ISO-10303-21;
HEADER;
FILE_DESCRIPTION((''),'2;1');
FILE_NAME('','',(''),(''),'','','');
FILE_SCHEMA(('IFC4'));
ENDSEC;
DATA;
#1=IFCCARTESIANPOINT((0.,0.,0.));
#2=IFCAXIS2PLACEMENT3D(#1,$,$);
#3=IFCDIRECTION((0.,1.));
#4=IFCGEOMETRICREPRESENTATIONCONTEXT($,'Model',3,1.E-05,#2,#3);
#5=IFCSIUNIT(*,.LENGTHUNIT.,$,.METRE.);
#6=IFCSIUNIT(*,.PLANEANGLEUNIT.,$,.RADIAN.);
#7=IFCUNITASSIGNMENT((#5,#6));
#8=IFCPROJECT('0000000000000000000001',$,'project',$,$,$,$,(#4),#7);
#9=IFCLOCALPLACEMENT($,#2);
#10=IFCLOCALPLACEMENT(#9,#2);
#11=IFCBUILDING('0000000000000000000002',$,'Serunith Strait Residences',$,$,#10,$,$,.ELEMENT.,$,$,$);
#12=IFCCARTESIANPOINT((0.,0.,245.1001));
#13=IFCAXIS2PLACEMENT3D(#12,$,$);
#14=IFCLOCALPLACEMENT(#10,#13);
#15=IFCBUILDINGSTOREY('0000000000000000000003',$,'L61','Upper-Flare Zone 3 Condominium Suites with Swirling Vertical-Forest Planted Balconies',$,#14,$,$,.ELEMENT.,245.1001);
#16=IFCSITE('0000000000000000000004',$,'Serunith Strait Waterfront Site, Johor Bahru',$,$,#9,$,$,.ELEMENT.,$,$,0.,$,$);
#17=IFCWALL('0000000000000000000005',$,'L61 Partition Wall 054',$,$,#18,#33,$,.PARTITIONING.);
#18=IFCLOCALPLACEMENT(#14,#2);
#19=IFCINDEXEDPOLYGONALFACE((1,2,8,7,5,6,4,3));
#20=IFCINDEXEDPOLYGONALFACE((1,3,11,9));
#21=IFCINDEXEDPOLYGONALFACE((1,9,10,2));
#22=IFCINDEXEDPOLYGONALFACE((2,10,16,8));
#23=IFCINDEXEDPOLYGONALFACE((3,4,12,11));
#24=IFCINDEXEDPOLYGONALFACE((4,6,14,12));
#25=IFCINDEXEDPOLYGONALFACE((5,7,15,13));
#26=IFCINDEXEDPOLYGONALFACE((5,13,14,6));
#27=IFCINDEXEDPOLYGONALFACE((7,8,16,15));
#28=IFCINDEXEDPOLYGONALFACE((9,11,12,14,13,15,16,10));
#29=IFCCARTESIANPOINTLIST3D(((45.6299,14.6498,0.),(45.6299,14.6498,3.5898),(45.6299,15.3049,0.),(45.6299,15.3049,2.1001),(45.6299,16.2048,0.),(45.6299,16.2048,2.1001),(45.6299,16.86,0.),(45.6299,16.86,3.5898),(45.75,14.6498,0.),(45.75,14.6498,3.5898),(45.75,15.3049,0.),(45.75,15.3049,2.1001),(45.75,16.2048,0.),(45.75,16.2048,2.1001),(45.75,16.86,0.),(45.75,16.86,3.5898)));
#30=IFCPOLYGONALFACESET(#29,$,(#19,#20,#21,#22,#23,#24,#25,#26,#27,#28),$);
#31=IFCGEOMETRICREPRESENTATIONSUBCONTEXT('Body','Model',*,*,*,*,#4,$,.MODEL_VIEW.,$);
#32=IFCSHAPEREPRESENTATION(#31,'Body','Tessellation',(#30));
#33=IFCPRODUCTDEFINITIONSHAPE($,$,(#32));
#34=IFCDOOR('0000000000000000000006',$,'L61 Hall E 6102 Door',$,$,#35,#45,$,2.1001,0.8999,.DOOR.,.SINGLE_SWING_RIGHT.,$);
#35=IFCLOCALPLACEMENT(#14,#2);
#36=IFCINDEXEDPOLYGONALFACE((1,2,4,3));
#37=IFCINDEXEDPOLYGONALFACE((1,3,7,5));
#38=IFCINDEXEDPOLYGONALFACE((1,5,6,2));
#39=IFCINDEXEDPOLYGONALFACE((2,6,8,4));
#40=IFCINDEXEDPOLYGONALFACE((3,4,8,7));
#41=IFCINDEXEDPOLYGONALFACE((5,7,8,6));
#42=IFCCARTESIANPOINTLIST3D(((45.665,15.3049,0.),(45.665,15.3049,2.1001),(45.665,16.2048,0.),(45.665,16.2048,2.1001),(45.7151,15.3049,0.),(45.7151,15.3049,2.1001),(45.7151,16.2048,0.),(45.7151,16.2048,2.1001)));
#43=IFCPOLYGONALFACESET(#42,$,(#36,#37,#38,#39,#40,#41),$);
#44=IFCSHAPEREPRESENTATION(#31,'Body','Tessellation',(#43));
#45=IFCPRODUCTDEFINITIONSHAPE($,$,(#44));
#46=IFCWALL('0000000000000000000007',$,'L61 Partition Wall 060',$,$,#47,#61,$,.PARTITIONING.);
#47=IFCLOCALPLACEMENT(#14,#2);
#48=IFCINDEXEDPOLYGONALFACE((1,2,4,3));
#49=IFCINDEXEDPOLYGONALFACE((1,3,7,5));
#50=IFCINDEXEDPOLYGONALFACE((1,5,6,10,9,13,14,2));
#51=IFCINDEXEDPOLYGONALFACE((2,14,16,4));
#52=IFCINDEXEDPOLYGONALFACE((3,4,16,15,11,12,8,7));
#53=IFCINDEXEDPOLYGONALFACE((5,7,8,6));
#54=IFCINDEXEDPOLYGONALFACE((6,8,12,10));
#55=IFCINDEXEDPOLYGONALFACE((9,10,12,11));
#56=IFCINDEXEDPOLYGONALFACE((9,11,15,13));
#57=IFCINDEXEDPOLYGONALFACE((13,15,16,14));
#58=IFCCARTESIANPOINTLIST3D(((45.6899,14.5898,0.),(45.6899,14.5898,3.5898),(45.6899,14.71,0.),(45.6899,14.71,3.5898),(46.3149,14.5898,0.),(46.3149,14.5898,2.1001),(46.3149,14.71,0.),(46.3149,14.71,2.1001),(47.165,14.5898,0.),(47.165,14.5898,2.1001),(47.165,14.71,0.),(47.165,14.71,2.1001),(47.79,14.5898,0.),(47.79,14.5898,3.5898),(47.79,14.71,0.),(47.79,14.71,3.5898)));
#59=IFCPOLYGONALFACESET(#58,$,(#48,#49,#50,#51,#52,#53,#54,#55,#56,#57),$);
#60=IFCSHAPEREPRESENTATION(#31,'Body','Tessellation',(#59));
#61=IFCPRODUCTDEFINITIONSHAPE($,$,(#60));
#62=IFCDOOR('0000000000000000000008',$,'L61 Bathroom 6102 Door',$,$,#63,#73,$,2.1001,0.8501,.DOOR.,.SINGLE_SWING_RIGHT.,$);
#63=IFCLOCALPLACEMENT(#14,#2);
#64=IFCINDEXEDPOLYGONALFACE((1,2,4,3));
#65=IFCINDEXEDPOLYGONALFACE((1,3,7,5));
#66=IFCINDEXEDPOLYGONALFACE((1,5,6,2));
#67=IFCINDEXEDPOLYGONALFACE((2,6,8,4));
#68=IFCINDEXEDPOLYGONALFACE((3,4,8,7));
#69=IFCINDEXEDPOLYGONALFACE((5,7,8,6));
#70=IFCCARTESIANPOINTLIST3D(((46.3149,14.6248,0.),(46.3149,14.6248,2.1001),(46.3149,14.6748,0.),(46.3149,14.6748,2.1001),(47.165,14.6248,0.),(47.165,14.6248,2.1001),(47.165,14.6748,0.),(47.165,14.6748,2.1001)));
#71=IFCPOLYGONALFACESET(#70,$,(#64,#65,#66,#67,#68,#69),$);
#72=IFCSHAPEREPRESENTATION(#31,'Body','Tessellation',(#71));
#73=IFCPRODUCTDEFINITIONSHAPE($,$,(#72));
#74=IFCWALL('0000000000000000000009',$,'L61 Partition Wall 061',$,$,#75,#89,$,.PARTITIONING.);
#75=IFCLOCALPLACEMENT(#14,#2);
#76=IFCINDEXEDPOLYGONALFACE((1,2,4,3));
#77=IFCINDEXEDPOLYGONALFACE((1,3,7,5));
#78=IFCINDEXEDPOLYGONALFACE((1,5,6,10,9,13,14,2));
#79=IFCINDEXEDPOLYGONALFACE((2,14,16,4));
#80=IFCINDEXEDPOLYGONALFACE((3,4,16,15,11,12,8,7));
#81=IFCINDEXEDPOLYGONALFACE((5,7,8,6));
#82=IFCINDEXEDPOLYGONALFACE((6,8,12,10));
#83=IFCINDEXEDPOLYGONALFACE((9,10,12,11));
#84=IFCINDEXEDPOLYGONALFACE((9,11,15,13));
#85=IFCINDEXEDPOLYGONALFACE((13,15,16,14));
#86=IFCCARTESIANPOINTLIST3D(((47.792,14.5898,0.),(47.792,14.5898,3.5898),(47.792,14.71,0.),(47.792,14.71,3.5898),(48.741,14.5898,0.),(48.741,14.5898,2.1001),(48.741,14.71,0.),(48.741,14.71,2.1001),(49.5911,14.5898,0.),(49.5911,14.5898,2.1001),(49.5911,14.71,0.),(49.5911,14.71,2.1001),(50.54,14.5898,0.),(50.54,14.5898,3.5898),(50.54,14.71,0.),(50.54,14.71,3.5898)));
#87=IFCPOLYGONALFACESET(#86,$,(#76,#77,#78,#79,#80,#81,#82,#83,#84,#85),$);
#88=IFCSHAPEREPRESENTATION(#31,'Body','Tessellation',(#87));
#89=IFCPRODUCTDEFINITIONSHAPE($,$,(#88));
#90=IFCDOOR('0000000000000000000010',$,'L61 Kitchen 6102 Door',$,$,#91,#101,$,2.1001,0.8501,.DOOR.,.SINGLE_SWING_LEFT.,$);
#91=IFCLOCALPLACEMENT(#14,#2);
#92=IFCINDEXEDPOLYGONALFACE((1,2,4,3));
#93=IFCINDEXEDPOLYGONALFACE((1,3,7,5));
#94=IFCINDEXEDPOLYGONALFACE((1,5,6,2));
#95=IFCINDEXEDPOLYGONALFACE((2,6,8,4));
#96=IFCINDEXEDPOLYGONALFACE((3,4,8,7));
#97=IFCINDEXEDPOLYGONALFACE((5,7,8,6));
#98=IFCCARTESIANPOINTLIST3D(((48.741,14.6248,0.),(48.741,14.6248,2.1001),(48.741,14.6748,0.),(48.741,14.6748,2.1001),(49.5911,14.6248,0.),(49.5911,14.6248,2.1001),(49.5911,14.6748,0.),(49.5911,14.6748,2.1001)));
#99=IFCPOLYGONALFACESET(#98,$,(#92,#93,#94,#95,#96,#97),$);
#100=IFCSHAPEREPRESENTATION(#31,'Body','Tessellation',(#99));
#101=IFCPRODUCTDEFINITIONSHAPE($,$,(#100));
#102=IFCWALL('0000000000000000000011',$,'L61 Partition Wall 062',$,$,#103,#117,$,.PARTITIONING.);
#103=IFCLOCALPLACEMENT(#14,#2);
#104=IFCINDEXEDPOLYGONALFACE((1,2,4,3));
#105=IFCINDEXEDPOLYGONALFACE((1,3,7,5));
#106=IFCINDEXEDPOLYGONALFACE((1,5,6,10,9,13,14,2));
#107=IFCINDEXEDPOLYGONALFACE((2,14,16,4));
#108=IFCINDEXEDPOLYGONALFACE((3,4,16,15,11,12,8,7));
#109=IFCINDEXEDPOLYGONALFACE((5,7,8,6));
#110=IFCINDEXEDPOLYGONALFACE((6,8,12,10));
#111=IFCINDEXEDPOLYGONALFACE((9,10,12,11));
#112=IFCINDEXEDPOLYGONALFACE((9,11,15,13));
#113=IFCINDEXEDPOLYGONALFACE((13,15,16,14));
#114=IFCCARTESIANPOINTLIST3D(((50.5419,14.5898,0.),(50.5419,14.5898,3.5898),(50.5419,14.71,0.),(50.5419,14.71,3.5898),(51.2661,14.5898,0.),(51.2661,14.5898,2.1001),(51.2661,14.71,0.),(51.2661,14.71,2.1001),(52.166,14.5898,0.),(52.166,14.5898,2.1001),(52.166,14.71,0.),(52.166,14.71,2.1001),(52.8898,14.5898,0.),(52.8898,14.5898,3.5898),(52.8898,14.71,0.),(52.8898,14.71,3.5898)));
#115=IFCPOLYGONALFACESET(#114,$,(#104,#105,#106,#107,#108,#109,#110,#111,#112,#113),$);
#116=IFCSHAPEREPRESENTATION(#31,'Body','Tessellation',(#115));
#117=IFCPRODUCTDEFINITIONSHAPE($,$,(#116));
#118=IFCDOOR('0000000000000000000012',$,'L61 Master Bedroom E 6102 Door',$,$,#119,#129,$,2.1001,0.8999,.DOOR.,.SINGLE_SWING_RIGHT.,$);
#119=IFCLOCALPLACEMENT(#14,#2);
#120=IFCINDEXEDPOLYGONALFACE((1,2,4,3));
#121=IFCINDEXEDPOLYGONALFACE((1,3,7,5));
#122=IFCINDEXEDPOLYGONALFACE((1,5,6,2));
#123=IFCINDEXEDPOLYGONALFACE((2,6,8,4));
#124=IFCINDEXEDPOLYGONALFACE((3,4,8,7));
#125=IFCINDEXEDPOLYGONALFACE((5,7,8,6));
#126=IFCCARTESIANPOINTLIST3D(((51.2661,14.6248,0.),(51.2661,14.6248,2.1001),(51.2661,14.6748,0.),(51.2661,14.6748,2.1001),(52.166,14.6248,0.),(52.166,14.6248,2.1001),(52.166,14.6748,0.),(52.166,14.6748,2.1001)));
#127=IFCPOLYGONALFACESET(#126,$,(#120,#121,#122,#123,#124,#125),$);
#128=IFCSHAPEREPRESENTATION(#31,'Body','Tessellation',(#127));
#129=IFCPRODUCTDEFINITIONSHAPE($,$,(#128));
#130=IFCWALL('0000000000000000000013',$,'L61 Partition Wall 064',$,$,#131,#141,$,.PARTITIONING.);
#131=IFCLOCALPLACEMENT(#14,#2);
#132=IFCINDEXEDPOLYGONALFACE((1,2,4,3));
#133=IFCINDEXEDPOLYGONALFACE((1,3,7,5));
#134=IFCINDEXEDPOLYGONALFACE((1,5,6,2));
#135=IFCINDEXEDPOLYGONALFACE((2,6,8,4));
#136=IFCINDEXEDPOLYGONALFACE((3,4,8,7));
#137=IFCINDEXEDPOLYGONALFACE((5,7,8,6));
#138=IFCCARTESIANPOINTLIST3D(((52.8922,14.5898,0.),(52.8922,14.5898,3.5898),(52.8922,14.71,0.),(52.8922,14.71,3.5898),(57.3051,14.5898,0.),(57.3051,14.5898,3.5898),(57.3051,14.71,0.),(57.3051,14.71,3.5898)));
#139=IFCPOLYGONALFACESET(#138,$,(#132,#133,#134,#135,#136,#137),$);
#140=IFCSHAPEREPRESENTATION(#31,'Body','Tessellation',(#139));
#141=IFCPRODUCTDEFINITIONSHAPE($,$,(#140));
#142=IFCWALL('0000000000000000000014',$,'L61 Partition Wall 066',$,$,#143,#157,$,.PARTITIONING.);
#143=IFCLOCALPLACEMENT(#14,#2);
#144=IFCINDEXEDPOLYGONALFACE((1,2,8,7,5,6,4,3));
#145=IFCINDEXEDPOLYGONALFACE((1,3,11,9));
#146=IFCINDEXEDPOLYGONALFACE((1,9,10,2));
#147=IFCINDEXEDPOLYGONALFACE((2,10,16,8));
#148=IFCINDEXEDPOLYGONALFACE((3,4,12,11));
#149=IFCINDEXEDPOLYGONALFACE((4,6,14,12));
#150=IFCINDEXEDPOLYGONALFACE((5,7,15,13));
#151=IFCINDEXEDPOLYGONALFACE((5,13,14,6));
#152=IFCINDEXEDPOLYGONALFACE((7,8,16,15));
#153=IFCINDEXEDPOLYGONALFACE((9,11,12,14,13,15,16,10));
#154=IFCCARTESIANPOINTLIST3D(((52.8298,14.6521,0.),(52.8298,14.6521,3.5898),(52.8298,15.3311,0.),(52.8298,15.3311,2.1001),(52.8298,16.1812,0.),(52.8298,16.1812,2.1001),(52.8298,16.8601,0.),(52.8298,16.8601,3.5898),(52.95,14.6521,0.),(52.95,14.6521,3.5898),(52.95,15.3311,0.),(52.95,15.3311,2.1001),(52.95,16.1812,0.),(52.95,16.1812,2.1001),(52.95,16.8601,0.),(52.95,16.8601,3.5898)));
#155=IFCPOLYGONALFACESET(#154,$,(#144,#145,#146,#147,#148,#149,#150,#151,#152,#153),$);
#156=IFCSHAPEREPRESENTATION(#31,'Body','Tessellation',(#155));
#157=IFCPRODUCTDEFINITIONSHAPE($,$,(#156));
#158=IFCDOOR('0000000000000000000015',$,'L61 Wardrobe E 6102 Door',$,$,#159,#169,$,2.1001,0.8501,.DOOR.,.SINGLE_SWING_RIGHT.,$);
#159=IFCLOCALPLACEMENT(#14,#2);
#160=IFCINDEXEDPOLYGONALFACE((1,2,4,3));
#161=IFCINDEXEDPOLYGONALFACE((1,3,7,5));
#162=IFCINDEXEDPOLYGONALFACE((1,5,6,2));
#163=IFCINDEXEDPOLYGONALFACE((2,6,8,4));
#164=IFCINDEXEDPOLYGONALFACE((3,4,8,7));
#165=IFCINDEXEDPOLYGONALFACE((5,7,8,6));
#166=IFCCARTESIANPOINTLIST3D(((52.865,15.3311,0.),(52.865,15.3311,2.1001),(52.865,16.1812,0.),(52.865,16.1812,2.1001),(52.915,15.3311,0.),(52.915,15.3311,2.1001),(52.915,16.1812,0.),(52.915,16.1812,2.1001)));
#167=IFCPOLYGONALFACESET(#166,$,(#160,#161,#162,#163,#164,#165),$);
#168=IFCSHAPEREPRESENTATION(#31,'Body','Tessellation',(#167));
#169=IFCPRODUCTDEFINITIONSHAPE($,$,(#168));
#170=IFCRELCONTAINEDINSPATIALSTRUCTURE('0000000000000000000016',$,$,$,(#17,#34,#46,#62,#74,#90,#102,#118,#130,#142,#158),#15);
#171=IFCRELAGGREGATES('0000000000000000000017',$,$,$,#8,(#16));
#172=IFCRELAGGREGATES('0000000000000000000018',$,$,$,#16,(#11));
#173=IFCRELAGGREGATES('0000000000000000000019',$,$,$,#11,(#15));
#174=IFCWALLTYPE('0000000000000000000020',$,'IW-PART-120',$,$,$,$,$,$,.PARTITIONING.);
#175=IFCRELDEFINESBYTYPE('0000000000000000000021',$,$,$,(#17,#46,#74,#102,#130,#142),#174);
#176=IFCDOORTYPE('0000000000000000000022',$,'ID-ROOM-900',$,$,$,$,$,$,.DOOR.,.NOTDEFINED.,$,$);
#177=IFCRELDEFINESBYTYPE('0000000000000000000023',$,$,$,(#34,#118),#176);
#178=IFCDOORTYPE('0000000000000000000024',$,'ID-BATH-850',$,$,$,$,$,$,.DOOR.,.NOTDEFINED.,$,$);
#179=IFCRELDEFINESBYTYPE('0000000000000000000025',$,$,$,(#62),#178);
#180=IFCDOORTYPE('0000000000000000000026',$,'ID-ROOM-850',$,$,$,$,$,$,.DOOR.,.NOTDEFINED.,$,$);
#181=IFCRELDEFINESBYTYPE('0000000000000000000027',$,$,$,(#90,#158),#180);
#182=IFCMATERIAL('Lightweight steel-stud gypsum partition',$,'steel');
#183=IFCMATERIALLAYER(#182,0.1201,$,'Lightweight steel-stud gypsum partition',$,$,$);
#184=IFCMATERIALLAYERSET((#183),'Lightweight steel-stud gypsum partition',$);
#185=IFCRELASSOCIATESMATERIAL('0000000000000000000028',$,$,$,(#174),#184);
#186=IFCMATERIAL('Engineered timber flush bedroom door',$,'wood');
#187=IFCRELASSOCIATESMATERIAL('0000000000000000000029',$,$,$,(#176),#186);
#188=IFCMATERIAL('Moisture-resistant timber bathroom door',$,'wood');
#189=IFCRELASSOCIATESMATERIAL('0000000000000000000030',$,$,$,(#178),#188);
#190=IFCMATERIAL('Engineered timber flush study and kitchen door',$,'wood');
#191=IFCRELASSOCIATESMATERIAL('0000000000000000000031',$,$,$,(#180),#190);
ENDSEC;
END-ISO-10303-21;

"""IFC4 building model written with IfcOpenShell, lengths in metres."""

from ifc_helpers import new_model, si_unit, direction, frame, frame_2d, origin, place, context, subcontext, project, spatial, rectangle, extrude, source, transform, mapped, material, layer, layer_set, type_object, element, fill, save


model = new_model("IFC4")

# Units and contexts
model_context = context("Model", 3, precision=1e-05, world=origin(), true_north=direction((0.0, 1.0)))
body_context = subcontext(model_context, "Body", "Model", "MODEL_VIEW")
ifc_project = project(units=[si_unit("LENGTHUNIT", "METRE"), si_unit("PLANEANGLEUNIT", "RADIAN")], contexts=[model_context])

# Site, building, storey
site_placement = place(None, origin())
site = spatial("IfcSite", under=ifc_project, at=site_placement, Name="Serunith Strait Waterfront Site, Johor Bahru", CompositionType="ELEMENT", RefElevation=0.0)
building_placement = place(site_placement, origin())
building = spatial("IfcBuilding", under=site, at=building_placement, Name="Serunith Strait Residences", CompositionType="ELEMENT")
storey_placement = place(building_placement, frame((0.0, 0.0, 245.1001)))
storey = spatial("IfcBuildingStorey", under=building, at=storey_placement, Name="L61", Description="Upper-Flare Zone 3 Condominium Suites with Swirling Vertical-Forest Planted Balconies", CompositionType="ELEMENT", Elevation=245.1001)

# Walls, openings, doors
ifc_material_1 = material(Name="Lightweight steel-stud gypsum partition", Category="steel")
ifc_layer_1 = layer(ifc_material_1, 0.1201, Name="Lightweight steel-stud gypsum partition")
ifc_layer_set_1 = layer_set([ifc_layer_1], Name="Lightweight steel-stud gypsum partition")
wall_type = type_object("IfcWallType", Name="IW-PART-120", PredefinedType="PARTITIONING", material=ifc_layer_set_1)
wall_1_placement = place(storey_placement, frame((45.6899, 14.6499, 0.0), z_axis=(0.0, 0.0, 1.0), x_axis=(0.0, 1.0, 0.0)))
wall_1 = element("IfcWall", 1, at=wall_1_placement, inside=storey, type_object=wall_type, Name="L61 Partition Wall 054", PredefinedType="PARTITIONING", context=body_context, shape_type="SweptSolid", body=[
    extrude(rectangle(XDim=2.2102, YDim=0.1201, at=frame_2d((1.105, 0.0))), origin(), (0.0, 0.0, 1.0), 3.5898),
])
opening_1_placement = place(wall_1_placement, frame((0.655, 0.0, 0.0)))
opening_1 = element("IfcOpeningElement", 2, at=opening_1_placement, cuts=wall_1, PredefinedType="OPENING", context=body_context, shape_type="SweptSolid", body=[
    extrude(rectangle(XDim=0.8999, YDim=2.1001, at=frame_2d((0.45, 1.05))), frame((0.0, 0.0701, 0.0), z_axis=(0.0, -1.0, 0.0), x_axis=(1.0, 0.0, 0.0)), (0.0, 0.0, 1.0), 0.1401),
])
ifc_material_2 = material(Name="Engineered timber flush bedroom door", Category="wood")
door_type_1 = type_object("IfcDoorType", Name="ID-ROOM-900", OperationType="NOTDEFINED", PredefinedType="DOOR", material=ifc_material_2)
shared_shape_1 = source(origin(), body_context, "Body", "SweptSolid", [
    extrude(rectangle(XDim=0.8999, YDim=2.1001, at=frame_2d((0.45, 1.05))), frame((0.0, 0.0249, 0.0), z_axis=(0.0, -1.0, 0.0), x_axis=(1.0, 0.0, 0.0)), (0.0, 0.0, 1.0), 0.05),
])
door_1_placement = place(opening_1_placement, origin())
door_1 = element("IfcDoor", 3, at=door_1_placement, inside=storey, type_object=door_type_1, Name="L61 Hall E 6102 Door", OperationType="SINGLE_SWING_RIGHT", OverallHeight=2.1001, OverallWidth=0.8999, PredefinedType="DOOR", context=body_context, shape_type="MappedRepresentation", body=[
    mapped(shared_shape_1, transform((0.0, 0.0, 0.0), scale=1.0)),
])
fill(opening_1, door_1)
wall_2_placement = place(storey_placement, frame((45.6899, 14.6499, 0.0), z_axis=(0.0, 0.0, 1.0), x_axis=(1.0, 0.0, 0.0)))
wall_2 = element("IfcWall", 4, at=wall_2_placement, inside=storey, type_object=wall_type, Name="L61 Partition Wall 060", PredefinedType="PARTITIONING", context=body_context, shape_type="SweptSolid", body=[
    extrude(rectangle(XDim=2.1001, YDim=0.1201, at=frame_2d((1.05, 0.0))), origin(), (0.0, 0.0, 1.0), 3.5898),
])
opening_2_placement = place(wall_2_placement, frame((0.625, 0.0, 0.0)))
opening_2 = element("IfcOpeningElement", 5, at=opening_2_placement, cuts=wall_2, PredefinedType="OPENING", context=body_context, shape_type="SweptSolid", body=[
    extrude(rectangle(XDim=0.8501, YDim=2.1001, at=frame_2d((0.425, 1.05))), frame((0.0, 0.0701, 0.0), z_axis=(0.0, -1.0, 0.0), x_axis=(1.0, 0.0, 0.0)), (0.0, 0.0, 1.0), 0.1401),
])
ifc_material_3 = material(Name="Moisture-resistant timber bathroom door", Category="wood")
door_type_2 = type_object("IfcDoorType", Name="ID-BATH-850", OperationType="NOTDEFINED", PredefinedType="DOOR", material=ifc_material_3)
shared_shape_2 = source(origin(), body_context, "Body", "SweptSolid", [
    extrude(rectangle(XDim=0.8501, YDim=2.1001, at=frame_2d((0.425, 1.05))), frame((0.0, 0.0249, 0.0), z_axis=(0.0, -1.0, 0.0), x_axis=(1.0, 0.0, 0.0)), (0.0, 0.0, 1.0), 0.05),
])
door_2_placement = place(opening_2_placement, origin())
door_2 = element("IfcDoor", 6, at=door_2_placement, inside=storey, type_object=door_type_2, Name="L61 Bathroom 6102 Door", OperationType="SINGLE_SWING_RIGHT", OverallHeight=2.1001, OverallWidth=0.8501, PredefinedType="DOOR", context=body_context, shape_type="MappedRepresentation", body=[
    mapped(shared_shape_2, transform((0.0, 0.0, 0.0), scale=1.0)),
])
fill(opening_2, door_2)
wall_3_placement = place(storey_placement, frame((47.792, 14.6499, 0.0), z_axis=(0.0, 0.0, 1.0), x_axis=(1.0, 0.0, 0.0)))
wall_3 = element("IfcWall", 7, at=wall_3_placement, inside=storey, type_object=wall_type, Name="L61 Partition Wall 061", PredefinedType="PARTITIONING", context=body_context, shape_type="SweptSolid", body=[
    extrude(rectangle(XDim=2.748, YDim=0.1201, at=frame_2d((1.374, 0.0))), origin(), (0.0, 0.0, 1.0), 3.5898),
])
opening_3_placement = place(wall_3_placement, frame((0.949, 0.0, 0.0)))
opening_3 = element("IfcOpeningElement", 8, at=opening_3_placement, cuts=wall_3, PredefinedType="OPENING", context=body_context, shape_type="SweptSolid", body=[
    extrude(rectangle(XDim=0.8501, YDim=2.1001, at=frame_2d((0.425, 1.05))), frame((0.0, 0.0701, 0.0), z_axis=(0.0, -1.0, 0.0), x_axis=(1.0, 0.0, 0.0)), (0.0, 0.0, 1.0), 0.1401),
])
ifc_material_4 = material(Name="Engineered timber flush study and kitchen door", Category="wood")
door_type_3 = type_object("IfcDoorType", Name="ID-ROOM-850", OperationType="NOTDEFINED", PredefinedType="DOOR", material=ifc_material_4)
door_3_placement = place(opening_3_placement, origin())
door_3 = element("IfcDoor", 9, at=door_3_placement, inside=storey, type_object=door_type_3, Name="L61 Kitchen 6102 Door", OperationType="SINGLE_SWING_LEFT", OverallHeight=2.1001, OverallWidth=0.8501, PredefinedType="DOOR", context=body_context, shape_type="MappedRepresentation", body=[
    mapped(shared_shape_2, transform((0.0, 0.0, 0.0), scale=1.0)),
])
fill(opening_3, door_3)
wall_4_placement = place(storey_placement, frame((50.542, 14.6499, 0.0), z_axis=(0.0, 0.0, 1.0), x_axis=(1.0, 0.0, 0.0)))
wall_4 = element("IfcWall", 10, at=wall_4_placement, inside=storey, type_object=wall_type, Name="L61 Partition Wall 062", PredefinedType="PARTITIONING", context=body_context, shape_type="SweptSolid", body=[
    extrude(rectangle(XDim=2.3479, YDim=0.1201, at=frame_2d((1.1738, 0.0))), origin(), (0.0, 0.0, 1.0), 3.5898),
])
opening_4_placement = place(wall_4_placement, frame((0.7241, 0.0, 0.0)))
opening_4 = element("IfcOpeningElement", 11, at=opening_4_placement, cuts=wall_4, PredefinedType="OPENING", context=body_context, shape_type="SweptSolid", body=[
    extrude(rectangle(XDim=0.8999, YDim=2.1001, at=frame_2d((0.45, 1.05))), frame((0.0, 0.0701, 0.0), z_axis=(0.0, -1.0, 0.0), x_axis=(1.0, 0.0, 0.0)), (0.0, 0.0, 1.0), 0.1401),
])
door_4_placement = place(opening_4_placement, origin())
door_4 = element("IfcDoor", 12, at=door_4_placement, inside=storey, type_object=door_type_1, Name="L61 Master Bedroom E 6102 Door", OperationType="SINGLE_SWING_RIGHT", OverallHeight=2.1001, OverallWidth=0.8999, PredefinedType="DOOR", context=body_context, shape_type="MappedRepresentation", body=[
    mapped(shared_shape_1, transform((0.0, 0.0, 0.0), scale=1.0)),
])
fill(opening_4, door_4)

# Wall
wall_5_placement = place(storey_placement, frame((52.8921, 14.6499, 0.0), z_axis=(0.0, 0.0, 1.0), x_axis=(1.0, 0.0, 0.0)))
element("IfcWall", 13, at=wall_5_placement, inside=storey, type_object=wall_type, Name="L61 Partition Wall 064", PredefinedType="PARTITIONING", context=body_context, shape_type="SweptSolid", body=[
    extrude(rectangle(XDim=4.4128, YDim=0.1201, at=frame_2d((2.2065, 0.0))), origin(), (0.0, 0.0, 1.0), 3.5898),
])

# Wall, opening, door
wall_6_placement = place(storey_placement, frame((52.8899, 14.6521, 0.0), z_axis=(0.0, 0.0, 1.0), x_axis=(0.0, 1.0, 0.0)))
wall_6 = element("IfcWall", 14, at=wall_6_placement, inside=storey, type_object=wall_type, Name="L61 Partition Wall 066", PredefinedType="PARTITIONING", context=body_context, shape_type="SweptSolid", body=[
    extrude(rectangle(XDim=2.208, YDim=0.1201, at=frame_2d((1.104, 0.0))), origin(), (0.0, 0.0, 1.0), 3.5898),
])
opening_5_placement = place(wall_6_placement, frame((0.679, 0.0, 0.0)))
opening_5 = element("IfcOpeningElement", 15, at=opening_5_placement, cuts=wall_6, PredefinedType="OPENING", context=body_context, shape_type="SweptSolid", body=[
    extrude(rectangle(XDim=0.8501, YDim=2.1001, at=frame_2d((0.425, 1.05))), frame((0.0, 0.0701, 0.0), z_axis=(0.0, -1.0, 0.0), x_axis=(1.0, 0.0, 0.0)), (0.0, 0.0, 1.0), 0.1401),
])
door_5_placement = place(opening_5_placement, origin())
door_5 = element("IfcDoor", 16, at=door_5_placement, inside=storey, type_object=door_type_3, Name="L61 Wardrobe E 6102 Door", OperationType="SINGLE_SWING_RIGHT", OverallHeight=2.1001, OverallWidth=0.8501, PredefinedType="DOOR", context=body_context, shape_type="MappedRepresentation", body=[
    mapped(shared_shape_2, transform((0.0, 0.0, 0.0), scale=1.0)),
])
fill(opening_5, door_5)

save(model, "model.ifc")
